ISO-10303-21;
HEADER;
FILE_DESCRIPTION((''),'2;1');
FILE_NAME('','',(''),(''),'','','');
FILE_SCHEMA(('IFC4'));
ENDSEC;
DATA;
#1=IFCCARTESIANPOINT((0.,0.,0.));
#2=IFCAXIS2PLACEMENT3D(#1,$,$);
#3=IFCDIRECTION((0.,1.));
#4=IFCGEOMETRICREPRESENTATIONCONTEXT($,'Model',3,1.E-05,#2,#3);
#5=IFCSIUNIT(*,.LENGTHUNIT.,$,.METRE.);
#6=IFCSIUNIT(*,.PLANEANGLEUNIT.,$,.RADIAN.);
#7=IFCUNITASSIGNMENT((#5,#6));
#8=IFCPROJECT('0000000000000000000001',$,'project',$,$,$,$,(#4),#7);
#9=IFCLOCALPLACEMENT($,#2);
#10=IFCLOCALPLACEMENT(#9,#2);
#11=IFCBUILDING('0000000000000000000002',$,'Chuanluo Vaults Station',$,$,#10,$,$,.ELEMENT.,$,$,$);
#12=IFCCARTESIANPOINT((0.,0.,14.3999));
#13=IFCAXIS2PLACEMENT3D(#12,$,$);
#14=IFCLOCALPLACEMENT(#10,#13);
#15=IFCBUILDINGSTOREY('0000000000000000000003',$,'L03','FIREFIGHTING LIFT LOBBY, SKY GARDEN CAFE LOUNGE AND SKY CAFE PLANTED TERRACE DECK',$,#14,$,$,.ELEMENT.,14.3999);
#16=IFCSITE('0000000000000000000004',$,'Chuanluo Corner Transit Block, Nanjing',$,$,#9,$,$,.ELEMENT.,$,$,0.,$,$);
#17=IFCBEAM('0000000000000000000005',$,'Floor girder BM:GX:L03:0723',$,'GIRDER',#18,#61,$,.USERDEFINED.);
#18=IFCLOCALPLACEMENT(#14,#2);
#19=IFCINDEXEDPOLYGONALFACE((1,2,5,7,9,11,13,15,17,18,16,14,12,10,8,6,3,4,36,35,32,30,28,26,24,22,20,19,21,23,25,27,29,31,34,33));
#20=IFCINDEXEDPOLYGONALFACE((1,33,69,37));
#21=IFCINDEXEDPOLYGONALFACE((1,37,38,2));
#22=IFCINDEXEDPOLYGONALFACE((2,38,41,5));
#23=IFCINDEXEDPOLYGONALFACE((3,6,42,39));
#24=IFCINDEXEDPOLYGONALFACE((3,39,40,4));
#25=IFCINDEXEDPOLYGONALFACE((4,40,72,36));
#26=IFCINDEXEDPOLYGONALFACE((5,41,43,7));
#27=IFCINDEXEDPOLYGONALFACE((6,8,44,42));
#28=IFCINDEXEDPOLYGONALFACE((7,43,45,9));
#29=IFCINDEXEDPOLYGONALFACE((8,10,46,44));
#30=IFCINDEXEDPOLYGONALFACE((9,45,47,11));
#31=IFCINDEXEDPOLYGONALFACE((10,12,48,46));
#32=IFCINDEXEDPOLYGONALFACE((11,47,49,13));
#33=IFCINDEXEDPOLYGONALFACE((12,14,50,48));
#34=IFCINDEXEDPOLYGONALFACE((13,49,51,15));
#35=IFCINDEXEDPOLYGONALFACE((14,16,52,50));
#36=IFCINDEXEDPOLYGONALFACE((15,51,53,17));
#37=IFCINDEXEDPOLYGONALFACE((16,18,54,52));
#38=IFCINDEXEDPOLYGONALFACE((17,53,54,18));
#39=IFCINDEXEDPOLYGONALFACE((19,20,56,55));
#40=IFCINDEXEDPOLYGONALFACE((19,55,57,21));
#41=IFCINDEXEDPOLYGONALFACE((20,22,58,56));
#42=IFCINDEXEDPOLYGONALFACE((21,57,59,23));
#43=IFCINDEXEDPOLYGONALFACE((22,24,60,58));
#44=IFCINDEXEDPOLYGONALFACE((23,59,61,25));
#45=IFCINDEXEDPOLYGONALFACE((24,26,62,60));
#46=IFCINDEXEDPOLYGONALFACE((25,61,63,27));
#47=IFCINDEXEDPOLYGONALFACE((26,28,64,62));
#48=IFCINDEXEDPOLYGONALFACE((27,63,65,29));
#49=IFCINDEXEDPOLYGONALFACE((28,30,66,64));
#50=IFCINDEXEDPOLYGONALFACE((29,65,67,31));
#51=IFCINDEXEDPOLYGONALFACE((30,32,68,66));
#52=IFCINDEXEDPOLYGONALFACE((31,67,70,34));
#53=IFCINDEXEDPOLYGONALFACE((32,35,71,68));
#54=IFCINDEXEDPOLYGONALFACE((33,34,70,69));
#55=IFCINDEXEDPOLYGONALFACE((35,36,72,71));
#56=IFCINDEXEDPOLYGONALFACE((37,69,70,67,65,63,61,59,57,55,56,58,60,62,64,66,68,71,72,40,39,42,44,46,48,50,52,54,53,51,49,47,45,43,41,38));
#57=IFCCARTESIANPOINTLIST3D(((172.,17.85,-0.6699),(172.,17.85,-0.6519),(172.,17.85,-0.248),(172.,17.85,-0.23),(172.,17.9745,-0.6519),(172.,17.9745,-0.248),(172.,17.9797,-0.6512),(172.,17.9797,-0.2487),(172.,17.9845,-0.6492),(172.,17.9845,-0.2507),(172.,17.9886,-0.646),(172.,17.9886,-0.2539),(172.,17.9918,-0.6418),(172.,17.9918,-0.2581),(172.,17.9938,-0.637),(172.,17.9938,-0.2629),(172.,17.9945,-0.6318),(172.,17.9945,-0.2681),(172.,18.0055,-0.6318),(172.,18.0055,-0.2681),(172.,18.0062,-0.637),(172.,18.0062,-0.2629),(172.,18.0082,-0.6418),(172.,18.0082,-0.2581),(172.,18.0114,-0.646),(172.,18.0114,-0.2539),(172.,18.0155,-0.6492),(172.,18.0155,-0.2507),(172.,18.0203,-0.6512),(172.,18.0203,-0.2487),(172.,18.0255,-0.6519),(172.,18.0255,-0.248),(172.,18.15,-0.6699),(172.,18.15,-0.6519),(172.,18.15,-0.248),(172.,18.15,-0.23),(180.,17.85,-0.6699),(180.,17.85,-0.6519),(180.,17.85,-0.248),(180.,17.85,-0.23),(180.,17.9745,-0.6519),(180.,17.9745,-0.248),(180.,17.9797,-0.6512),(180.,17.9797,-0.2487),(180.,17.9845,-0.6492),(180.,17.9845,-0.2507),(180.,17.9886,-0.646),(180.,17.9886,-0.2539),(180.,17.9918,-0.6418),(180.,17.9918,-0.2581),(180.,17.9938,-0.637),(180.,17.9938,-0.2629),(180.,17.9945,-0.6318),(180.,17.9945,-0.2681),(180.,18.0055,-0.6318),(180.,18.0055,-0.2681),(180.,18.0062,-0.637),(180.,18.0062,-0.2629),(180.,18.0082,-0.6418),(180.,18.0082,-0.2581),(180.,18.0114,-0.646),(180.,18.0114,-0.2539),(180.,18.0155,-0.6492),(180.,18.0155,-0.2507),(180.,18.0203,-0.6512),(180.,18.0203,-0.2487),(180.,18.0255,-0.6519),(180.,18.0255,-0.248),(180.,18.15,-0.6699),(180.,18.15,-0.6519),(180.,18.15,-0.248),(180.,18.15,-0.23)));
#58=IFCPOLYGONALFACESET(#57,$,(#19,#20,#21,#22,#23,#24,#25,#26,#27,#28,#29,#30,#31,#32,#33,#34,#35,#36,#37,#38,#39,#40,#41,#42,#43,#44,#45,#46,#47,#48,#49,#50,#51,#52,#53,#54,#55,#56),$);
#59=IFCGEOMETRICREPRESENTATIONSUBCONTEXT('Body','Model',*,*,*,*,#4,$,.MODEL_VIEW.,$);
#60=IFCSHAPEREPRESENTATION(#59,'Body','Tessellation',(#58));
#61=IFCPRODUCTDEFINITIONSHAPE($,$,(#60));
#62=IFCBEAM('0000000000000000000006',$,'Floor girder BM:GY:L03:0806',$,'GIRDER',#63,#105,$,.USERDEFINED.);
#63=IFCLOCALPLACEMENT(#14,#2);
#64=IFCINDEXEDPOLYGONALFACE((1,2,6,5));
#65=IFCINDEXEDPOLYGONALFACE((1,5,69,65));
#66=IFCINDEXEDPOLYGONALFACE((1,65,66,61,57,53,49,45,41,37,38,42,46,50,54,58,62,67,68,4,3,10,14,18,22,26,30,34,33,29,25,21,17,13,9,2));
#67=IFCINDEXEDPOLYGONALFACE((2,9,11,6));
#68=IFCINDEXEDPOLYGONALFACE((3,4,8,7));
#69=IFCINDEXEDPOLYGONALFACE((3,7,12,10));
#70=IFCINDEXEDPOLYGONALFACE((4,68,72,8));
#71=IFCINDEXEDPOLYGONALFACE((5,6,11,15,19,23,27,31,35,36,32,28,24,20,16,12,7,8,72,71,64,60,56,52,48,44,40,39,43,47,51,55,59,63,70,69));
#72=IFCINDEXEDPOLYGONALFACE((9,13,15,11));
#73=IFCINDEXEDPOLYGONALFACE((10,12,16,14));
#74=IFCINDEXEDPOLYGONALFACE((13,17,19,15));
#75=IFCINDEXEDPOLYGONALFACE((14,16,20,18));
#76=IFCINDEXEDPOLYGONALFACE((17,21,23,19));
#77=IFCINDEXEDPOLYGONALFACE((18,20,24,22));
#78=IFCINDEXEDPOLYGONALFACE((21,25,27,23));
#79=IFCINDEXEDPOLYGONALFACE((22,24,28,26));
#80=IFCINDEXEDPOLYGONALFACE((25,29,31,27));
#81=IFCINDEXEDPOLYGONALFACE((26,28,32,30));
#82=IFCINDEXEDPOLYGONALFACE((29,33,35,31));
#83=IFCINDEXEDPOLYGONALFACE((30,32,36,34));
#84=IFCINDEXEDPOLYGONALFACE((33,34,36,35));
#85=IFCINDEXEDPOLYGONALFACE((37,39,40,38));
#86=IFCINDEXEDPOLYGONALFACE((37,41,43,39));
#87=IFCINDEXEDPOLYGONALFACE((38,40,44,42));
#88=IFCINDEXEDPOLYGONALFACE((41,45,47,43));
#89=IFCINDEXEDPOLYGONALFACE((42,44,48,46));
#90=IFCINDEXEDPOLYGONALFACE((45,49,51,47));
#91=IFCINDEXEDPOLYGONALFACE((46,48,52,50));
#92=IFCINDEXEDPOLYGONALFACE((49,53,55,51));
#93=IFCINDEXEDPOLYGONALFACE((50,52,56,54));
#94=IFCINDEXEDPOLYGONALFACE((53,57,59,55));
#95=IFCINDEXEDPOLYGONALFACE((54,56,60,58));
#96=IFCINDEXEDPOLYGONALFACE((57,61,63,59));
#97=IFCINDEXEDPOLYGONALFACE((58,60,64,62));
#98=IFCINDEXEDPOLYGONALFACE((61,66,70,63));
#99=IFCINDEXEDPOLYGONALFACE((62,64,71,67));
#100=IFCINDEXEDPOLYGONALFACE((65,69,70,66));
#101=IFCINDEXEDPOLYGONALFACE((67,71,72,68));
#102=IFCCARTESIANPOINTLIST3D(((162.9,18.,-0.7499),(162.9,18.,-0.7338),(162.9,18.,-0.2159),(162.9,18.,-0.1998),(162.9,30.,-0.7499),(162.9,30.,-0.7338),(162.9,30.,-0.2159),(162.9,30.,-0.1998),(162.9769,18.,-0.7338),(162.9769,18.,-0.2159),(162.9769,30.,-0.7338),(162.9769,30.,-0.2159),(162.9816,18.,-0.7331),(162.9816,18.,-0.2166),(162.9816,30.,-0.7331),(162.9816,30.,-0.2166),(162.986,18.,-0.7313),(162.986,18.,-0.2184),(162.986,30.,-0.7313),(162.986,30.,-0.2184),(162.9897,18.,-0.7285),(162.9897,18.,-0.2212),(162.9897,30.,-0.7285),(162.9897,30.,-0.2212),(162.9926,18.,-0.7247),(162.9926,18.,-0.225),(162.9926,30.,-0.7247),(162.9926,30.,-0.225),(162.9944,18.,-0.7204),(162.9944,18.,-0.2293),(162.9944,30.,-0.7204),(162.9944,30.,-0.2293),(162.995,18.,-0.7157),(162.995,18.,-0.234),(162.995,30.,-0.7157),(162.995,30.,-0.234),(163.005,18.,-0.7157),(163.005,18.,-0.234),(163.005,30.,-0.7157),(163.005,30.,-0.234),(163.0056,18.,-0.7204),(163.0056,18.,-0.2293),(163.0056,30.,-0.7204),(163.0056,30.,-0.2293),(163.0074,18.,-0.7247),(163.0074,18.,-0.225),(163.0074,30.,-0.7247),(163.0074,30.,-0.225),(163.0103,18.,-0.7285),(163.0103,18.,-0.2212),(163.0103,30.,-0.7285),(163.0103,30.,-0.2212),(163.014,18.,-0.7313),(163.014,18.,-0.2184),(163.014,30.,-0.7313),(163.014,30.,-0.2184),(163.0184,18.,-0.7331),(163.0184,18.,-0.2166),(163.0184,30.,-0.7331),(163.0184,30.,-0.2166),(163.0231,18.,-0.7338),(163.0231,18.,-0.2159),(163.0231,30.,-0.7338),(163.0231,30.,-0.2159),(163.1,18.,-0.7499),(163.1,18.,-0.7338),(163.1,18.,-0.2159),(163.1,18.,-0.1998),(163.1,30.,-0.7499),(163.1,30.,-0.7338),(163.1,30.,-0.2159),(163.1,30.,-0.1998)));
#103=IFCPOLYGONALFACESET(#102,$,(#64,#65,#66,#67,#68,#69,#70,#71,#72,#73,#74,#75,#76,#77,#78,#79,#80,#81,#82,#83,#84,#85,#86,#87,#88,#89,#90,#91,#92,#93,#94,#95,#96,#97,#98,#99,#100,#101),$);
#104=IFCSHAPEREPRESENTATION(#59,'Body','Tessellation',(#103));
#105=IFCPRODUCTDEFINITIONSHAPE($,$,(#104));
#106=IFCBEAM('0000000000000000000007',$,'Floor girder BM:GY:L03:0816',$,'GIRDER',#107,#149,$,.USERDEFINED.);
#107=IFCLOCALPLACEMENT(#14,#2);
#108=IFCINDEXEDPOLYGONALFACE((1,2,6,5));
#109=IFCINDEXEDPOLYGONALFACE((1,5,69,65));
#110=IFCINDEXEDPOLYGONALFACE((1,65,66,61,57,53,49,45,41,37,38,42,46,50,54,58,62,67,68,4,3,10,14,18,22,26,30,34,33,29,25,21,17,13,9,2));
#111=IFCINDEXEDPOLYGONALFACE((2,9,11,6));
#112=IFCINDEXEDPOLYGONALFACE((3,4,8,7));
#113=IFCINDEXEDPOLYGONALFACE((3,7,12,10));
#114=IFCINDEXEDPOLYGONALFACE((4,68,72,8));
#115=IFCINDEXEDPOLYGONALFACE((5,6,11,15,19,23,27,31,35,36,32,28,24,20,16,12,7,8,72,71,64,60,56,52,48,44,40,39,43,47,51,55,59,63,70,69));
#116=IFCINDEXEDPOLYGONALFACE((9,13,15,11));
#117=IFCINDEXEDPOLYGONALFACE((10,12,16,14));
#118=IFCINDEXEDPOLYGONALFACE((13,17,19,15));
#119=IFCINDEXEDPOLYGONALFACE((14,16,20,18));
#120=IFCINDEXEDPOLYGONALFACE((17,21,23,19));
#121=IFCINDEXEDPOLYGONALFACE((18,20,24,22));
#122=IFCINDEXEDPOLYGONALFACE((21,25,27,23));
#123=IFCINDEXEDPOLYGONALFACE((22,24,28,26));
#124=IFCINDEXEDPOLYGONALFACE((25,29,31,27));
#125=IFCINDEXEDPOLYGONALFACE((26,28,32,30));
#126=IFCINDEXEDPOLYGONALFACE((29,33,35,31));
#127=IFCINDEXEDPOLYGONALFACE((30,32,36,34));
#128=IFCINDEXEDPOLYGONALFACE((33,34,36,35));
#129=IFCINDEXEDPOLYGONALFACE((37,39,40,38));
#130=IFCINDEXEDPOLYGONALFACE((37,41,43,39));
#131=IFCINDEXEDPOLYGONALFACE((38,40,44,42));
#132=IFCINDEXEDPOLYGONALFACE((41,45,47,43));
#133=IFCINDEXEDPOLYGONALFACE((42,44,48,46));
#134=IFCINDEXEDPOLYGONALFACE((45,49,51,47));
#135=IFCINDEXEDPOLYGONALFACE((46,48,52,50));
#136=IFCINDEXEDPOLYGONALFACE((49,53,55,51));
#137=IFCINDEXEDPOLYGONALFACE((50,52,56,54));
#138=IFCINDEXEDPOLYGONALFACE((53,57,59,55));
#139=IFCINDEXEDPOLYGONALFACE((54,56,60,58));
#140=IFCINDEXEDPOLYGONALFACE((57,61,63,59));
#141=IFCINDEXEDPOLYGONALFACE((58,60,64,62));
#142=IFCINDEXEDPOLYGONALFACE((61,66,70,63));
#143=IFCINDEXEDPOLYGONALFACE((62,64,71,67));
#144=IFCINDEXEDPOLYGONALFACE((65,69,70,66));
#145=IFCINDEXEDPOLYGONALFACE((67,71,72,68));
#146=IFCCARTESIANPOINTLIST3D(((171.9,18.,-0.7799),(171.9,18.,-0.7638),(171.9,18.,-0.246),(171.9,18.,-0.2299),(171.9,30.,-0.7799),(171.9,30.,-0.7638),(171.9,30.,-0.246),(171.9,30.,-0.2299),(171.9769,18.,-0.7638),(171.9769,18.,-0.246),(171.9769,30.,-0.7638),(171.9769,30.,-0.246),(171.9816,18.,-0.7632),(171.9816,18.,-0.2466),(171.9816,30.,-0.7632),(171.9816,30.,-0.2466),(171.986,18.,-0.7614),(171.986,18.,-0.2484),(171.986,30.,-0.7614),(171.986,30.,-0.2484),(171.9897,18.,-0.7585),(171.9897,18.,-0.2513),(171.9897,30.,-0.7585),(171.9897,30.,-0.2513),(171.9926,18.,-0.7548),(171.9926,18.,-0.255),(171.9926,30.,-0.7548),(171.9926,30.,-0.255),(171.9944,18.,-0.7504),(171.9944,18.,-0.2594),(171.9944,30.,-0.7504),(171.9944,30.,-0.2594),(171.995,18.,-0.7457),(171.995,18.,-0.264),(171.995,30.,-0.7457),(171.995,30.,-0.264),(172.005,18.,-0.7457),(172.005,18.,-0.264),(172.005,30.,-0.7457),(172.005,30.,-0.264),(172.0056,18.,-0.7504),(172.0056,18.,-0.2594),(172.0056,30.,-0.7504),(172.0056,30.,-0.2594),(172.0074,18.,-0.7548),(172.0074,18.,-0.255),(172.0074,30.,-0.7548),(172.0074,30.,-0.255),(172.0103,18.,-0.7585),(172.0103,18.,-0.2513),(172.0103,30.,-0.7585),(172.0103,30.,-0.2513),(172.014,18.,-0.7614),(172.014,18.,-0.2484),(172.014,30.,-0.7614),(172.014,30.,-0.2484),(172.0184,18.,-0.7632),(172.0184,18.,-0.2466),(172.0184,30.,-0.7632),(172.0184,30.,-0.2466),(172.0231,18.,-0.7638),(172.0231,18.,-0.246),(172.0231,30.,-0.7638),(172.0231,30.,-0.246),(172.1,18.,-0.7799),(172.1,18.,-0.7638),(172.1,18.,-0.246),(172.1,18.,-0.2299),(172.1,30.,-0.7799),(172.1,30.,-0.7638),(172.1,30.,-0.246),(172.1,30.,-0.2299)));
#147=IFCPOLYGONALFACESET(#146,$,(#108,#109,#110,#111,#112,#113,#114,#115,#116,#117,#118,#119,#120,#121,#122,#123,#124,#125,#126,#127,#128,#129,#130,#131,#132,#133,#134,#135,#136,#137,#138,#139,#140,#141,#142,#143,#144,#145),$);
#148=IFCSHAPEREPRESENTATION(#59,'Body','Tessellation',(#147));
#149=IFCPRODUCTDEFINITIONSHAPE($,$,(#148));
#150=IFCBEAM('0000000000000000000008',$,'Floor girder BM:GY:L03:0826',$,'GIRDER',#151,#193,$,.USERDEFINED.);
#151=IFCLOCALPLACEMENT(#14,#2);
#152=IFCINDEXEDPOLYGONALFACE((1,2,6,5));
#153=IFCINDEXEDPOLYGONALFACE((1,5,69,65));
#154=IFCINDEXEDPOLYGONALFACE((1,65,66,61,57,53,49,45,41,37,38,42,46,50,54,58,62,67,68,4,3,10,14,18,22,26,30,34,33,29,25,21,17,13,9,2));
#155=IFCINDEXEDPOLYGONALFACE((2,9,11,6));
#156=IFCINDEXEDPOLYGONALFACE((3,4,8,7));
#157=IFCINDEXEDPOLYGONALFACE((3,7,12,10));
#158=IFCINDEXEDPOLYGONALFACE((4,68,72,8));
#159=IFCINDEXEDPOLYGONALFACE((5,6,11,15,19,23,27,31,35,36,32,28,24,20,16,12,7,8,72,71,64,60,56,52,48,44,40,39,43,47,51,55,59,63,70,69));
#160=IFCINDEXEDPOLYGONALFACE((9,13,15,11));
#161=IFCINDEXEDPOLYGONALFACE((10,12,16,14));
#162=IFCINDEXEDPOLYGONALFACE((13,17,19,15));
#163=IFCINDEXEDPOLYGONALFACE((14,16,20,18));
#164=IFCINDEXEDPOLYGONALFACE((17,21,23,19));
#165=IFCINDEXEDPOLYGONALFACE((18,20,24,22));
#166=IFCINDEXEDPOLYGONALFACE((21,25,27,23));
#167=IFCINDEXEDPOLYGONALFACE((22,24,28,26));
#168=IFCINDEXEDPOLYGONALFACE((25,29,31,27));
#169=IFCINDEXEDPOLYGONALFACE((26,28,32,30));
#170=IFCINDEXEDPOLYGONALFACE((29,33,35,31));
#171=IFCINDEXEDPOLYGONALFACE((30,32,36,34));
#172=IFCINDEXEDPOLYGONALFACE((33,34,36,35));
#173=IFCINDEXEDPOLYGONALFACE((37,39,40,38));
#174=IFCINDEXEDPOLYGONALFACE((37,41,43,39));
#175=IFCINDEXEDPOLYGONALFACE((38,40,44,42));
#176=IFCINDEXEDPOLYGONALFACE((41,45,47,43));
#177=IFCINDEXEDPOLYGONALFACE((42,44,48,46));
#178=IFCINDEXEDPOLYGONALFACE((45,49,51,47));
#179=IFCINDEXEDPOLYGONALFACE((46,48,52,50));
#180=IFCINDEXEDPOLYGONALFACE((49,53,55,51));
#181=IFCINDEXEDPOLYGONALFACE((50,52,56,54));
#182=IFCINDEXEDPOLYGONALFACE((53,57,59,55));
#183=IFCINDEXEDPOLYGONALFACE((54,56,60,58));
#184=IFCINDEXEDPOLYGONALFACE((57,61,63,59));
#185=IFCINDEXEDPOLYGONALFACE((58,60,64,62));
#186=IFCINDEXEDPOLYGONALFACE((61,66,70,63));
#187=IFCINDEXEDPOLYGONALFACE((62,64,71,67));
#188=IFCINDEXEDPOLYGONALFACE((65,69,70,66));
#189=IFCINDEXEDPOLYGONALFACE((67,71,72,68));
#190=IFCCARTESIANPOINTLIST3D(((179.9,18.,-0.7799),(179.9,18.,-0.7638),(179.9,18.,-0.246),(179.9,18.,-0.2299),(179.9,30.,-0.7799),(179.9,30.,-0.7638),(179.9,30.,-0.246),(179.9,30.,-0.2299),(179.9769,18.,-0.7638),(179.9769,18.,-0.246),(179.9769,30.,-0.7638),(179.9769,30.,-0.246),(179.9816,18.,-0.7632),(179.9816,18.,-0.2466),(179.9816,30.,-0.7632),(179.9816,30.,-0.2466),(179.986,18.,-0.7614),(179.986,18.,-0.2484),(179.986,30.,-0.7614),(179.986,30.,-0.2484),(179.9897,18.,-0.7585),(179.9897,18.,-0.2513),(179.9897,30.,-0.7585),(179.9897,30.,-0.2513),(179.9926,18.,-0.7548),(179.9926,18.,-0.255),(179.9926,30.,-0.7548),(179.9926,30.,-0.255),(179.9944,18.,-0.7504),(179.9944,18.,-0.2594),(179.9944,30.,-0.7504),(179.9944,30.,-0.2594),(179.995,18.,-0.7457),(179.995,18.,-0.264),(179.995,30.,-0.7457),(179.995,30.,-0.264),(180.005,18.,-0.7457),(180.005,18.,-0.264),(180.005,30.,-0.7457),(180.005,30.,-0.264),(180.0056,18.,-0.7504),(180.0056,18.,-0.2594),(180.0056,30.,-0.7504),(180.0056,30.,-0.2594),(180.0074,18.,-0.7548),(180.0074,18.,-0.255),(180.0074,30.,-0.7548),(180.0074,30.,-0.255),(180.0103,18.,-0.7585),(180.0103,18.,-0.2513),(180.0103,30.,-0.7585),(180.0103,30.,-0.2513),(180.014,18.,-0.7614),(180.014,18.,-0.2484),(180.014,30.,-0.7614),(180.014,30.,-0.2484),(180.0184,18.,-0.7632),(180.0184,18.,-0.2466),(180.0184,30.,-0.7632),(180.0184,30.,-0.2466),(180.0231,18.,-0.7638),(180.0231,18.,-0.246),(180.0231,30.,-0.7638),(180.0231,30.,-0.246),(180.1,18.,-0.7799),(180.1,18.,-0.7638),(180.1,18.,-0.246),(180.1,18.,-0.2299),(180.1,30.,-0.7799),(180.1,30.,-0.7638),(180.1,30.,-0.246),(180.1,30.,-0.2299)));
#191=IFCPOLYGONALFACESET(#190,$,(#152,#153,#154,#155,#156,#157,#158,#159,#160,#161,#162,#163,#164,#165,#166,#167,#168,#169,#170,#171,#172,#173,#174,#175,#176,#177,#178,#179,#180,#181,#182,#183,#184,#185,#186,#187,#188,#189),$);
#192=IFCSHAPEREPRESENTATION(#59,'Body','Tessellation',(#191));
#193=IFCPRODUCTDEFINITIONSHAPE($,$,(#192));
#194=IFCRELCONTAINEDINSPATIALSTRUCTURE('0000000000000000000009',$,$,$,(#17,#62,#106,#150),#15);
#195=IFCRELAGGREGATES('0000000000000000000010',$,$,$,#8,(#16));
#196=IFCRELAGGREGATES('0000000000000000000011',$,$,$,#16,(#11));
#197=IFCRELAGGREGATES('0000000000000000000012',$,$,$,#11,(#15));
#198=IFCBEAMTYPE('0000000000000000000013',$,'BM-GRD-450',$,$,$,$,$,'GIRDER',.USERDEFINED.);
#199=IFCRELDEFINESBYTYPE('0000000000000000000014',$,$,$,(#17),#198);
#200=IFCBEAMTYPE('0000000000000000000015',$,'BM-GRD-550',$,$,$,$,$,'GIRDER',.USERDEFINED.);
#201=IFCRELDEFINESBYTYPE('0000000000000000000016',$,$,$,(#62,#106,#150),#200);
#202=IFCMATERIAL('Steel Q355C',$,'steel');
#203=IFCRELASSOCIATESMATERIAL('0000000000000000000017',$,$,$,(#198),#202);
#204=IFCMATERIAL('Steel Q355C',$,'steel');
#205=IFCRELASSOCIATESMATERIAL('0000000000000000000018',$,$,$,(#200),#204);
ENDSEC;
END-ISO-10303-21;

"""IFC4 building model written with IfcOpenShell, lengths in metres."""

from ifc_helpers import new_model, si_unit, direction, frame, origin, origin_2d, place, context, subcontext, project, spatial, i_section, extrude, material, material_profile, profile_set, type_object, element, save


model = new_model("IFC4")

# Units and contexts
model_context = context("Model", 3, precision=1e-05, world=origin(), true_north=direction((0.0, 1.0)))
body_context = subcontext(model_context, "Body", "Model", "MODEL_VIEW")
ifc_project = project(units=[si_unit("LENGTHUNIT", "METRE"), si_unit("PLANEANGLEUNIT", "RADIAN")], contexts=[model_context])

# Site, building, storey
site_placement = place(None, origin())
site = spatial("IfcSite", under=ifc_project, at=site_placement, Name="Chuanluo Corner Transit Block, Nanjing", CompositionType="ELEMENT", RefElevation=0.0)
building_placement = place(site_placement, origin())
building = spatial("IfcBuilding", under=site, at=building_placement, Name="Chuanluo Vaults Station", CompositionType="ELEMENT")
storey_placement = place(building_placement, frame((0.0, 0.0, 14.3999)))
storey = spatial("IfcBuildingStorey", under=building, at=storey_placement, Name="L03", Description="FIREFIGHTING LIFT LOBBY, SKY GARDEN CAFE LOUNGE AND SKY CAFE PLANTED TERRACE DECK", CompositionType="ELEMENT", Elevation=14.3999)

# Beams
ifc_material_1 = material(Name="Steel Q355C", Category="steel")
ifc_material_profile_1 = material_profile(ifc_material_1, i_section(OverallWidth=0.3, OverallDepth=0.4399, WebThickness=0.011, FlangeThickness=0.0181, FilletRadius=0.02, at=origin_2d()))
ifc_profile_set_1 = profile_set([ifc_material_profile_1], Name="Steel Q355C")
beam_type_1 = type_object("IfcBeamType", Name="BM-GRD-450", ElementType="GIRDER", PredefinedType="USERDEFINED", material=ifc_profile_set_1)
beam_1_placement = place(storey_placement, frame((172.0, 18.0, -0.45), z_axis=(1.0, 0.0, 0.0), x_axis=(0.0, 1.0, 0.0)))
element("IfcBeam", 1, at=beam_1_placement, inside=storey, type_object=beam_type_1, Name="Floor girder BM:GX:L03:0723", ObjectType="GIRDER", PredefinedType="USERDEFINED", context=body_context, shape_type="SweptSolid", body=[
    extrude(i_section(OverallWidth=0.3, OverallDepth=0.4399, WebThickness=0.011, FlangeThickness=0.0181, FilletRadius=0.02, at=origin_2d()), origin(), (0.0, 0.0, 1.0), 8.0),
])
ifc_material_2 = material(Name="Steel Q355C", Category="steel")
ifc_material_profile_2 = material_profile(ifc_material_2, i_section(OverallWidth=0.2, OverallDepth=0.55, WebThickness=0.01, FlangeThickness=0.0161, FilletRadius=0.0181, at=origin_2d()))
ifc_profile_set_2 = profile_set([ifc_material_profile_2], Name="Steel Q355C")
beam_type_2 = type_object("IfcBeamType", Name="BM-GRD-550", ElementType="GIRDER", PredefinedType="USERDEFINED", material=ifc_profile_set_2)
for number, where, z_axis, x_axis, name in (
    (2, (163.0, 18.0, -0.4749), (0.0, 1.0, 0.0), (-1.0, 0.0, 0.0), "Floor girder BM:GY:L03:0806"),
    (3, (172.0, 18.0, -0.5049), (0.0, 1.0, 0.0), (-1.0, 0.0, 0.0), "Floor girder BM:GY:L03:0816"),
    (4, (180.0, 18.0, -0.5049), (0.0, 1.0, 0.0), (-1.0, 0.0, 0.0), "Floor girder BM:GY:L03:0826"),
):
    element("IfcBeam", number, at=place(storey_placement, frame(where, z_axis=z_axis, x_axis=x_axis)), inside=storey, type_object=beam_type_2, Name=name, ObjectType="GIRDER", PredefinedType="USERDEFINED", context=body_context, shape_type="SweptSolid", body=[
        extrude(i_section(OverallWidth=0.2, OverallDepth=0.55, WebThickness=0.01, FlangeThickness=0.0161, FilletRadius=0.0181, at=origin_2d()), origin(), (0.0, 0.0, 1.0), 12.0),
    ])

save(model, "model.ifc")
